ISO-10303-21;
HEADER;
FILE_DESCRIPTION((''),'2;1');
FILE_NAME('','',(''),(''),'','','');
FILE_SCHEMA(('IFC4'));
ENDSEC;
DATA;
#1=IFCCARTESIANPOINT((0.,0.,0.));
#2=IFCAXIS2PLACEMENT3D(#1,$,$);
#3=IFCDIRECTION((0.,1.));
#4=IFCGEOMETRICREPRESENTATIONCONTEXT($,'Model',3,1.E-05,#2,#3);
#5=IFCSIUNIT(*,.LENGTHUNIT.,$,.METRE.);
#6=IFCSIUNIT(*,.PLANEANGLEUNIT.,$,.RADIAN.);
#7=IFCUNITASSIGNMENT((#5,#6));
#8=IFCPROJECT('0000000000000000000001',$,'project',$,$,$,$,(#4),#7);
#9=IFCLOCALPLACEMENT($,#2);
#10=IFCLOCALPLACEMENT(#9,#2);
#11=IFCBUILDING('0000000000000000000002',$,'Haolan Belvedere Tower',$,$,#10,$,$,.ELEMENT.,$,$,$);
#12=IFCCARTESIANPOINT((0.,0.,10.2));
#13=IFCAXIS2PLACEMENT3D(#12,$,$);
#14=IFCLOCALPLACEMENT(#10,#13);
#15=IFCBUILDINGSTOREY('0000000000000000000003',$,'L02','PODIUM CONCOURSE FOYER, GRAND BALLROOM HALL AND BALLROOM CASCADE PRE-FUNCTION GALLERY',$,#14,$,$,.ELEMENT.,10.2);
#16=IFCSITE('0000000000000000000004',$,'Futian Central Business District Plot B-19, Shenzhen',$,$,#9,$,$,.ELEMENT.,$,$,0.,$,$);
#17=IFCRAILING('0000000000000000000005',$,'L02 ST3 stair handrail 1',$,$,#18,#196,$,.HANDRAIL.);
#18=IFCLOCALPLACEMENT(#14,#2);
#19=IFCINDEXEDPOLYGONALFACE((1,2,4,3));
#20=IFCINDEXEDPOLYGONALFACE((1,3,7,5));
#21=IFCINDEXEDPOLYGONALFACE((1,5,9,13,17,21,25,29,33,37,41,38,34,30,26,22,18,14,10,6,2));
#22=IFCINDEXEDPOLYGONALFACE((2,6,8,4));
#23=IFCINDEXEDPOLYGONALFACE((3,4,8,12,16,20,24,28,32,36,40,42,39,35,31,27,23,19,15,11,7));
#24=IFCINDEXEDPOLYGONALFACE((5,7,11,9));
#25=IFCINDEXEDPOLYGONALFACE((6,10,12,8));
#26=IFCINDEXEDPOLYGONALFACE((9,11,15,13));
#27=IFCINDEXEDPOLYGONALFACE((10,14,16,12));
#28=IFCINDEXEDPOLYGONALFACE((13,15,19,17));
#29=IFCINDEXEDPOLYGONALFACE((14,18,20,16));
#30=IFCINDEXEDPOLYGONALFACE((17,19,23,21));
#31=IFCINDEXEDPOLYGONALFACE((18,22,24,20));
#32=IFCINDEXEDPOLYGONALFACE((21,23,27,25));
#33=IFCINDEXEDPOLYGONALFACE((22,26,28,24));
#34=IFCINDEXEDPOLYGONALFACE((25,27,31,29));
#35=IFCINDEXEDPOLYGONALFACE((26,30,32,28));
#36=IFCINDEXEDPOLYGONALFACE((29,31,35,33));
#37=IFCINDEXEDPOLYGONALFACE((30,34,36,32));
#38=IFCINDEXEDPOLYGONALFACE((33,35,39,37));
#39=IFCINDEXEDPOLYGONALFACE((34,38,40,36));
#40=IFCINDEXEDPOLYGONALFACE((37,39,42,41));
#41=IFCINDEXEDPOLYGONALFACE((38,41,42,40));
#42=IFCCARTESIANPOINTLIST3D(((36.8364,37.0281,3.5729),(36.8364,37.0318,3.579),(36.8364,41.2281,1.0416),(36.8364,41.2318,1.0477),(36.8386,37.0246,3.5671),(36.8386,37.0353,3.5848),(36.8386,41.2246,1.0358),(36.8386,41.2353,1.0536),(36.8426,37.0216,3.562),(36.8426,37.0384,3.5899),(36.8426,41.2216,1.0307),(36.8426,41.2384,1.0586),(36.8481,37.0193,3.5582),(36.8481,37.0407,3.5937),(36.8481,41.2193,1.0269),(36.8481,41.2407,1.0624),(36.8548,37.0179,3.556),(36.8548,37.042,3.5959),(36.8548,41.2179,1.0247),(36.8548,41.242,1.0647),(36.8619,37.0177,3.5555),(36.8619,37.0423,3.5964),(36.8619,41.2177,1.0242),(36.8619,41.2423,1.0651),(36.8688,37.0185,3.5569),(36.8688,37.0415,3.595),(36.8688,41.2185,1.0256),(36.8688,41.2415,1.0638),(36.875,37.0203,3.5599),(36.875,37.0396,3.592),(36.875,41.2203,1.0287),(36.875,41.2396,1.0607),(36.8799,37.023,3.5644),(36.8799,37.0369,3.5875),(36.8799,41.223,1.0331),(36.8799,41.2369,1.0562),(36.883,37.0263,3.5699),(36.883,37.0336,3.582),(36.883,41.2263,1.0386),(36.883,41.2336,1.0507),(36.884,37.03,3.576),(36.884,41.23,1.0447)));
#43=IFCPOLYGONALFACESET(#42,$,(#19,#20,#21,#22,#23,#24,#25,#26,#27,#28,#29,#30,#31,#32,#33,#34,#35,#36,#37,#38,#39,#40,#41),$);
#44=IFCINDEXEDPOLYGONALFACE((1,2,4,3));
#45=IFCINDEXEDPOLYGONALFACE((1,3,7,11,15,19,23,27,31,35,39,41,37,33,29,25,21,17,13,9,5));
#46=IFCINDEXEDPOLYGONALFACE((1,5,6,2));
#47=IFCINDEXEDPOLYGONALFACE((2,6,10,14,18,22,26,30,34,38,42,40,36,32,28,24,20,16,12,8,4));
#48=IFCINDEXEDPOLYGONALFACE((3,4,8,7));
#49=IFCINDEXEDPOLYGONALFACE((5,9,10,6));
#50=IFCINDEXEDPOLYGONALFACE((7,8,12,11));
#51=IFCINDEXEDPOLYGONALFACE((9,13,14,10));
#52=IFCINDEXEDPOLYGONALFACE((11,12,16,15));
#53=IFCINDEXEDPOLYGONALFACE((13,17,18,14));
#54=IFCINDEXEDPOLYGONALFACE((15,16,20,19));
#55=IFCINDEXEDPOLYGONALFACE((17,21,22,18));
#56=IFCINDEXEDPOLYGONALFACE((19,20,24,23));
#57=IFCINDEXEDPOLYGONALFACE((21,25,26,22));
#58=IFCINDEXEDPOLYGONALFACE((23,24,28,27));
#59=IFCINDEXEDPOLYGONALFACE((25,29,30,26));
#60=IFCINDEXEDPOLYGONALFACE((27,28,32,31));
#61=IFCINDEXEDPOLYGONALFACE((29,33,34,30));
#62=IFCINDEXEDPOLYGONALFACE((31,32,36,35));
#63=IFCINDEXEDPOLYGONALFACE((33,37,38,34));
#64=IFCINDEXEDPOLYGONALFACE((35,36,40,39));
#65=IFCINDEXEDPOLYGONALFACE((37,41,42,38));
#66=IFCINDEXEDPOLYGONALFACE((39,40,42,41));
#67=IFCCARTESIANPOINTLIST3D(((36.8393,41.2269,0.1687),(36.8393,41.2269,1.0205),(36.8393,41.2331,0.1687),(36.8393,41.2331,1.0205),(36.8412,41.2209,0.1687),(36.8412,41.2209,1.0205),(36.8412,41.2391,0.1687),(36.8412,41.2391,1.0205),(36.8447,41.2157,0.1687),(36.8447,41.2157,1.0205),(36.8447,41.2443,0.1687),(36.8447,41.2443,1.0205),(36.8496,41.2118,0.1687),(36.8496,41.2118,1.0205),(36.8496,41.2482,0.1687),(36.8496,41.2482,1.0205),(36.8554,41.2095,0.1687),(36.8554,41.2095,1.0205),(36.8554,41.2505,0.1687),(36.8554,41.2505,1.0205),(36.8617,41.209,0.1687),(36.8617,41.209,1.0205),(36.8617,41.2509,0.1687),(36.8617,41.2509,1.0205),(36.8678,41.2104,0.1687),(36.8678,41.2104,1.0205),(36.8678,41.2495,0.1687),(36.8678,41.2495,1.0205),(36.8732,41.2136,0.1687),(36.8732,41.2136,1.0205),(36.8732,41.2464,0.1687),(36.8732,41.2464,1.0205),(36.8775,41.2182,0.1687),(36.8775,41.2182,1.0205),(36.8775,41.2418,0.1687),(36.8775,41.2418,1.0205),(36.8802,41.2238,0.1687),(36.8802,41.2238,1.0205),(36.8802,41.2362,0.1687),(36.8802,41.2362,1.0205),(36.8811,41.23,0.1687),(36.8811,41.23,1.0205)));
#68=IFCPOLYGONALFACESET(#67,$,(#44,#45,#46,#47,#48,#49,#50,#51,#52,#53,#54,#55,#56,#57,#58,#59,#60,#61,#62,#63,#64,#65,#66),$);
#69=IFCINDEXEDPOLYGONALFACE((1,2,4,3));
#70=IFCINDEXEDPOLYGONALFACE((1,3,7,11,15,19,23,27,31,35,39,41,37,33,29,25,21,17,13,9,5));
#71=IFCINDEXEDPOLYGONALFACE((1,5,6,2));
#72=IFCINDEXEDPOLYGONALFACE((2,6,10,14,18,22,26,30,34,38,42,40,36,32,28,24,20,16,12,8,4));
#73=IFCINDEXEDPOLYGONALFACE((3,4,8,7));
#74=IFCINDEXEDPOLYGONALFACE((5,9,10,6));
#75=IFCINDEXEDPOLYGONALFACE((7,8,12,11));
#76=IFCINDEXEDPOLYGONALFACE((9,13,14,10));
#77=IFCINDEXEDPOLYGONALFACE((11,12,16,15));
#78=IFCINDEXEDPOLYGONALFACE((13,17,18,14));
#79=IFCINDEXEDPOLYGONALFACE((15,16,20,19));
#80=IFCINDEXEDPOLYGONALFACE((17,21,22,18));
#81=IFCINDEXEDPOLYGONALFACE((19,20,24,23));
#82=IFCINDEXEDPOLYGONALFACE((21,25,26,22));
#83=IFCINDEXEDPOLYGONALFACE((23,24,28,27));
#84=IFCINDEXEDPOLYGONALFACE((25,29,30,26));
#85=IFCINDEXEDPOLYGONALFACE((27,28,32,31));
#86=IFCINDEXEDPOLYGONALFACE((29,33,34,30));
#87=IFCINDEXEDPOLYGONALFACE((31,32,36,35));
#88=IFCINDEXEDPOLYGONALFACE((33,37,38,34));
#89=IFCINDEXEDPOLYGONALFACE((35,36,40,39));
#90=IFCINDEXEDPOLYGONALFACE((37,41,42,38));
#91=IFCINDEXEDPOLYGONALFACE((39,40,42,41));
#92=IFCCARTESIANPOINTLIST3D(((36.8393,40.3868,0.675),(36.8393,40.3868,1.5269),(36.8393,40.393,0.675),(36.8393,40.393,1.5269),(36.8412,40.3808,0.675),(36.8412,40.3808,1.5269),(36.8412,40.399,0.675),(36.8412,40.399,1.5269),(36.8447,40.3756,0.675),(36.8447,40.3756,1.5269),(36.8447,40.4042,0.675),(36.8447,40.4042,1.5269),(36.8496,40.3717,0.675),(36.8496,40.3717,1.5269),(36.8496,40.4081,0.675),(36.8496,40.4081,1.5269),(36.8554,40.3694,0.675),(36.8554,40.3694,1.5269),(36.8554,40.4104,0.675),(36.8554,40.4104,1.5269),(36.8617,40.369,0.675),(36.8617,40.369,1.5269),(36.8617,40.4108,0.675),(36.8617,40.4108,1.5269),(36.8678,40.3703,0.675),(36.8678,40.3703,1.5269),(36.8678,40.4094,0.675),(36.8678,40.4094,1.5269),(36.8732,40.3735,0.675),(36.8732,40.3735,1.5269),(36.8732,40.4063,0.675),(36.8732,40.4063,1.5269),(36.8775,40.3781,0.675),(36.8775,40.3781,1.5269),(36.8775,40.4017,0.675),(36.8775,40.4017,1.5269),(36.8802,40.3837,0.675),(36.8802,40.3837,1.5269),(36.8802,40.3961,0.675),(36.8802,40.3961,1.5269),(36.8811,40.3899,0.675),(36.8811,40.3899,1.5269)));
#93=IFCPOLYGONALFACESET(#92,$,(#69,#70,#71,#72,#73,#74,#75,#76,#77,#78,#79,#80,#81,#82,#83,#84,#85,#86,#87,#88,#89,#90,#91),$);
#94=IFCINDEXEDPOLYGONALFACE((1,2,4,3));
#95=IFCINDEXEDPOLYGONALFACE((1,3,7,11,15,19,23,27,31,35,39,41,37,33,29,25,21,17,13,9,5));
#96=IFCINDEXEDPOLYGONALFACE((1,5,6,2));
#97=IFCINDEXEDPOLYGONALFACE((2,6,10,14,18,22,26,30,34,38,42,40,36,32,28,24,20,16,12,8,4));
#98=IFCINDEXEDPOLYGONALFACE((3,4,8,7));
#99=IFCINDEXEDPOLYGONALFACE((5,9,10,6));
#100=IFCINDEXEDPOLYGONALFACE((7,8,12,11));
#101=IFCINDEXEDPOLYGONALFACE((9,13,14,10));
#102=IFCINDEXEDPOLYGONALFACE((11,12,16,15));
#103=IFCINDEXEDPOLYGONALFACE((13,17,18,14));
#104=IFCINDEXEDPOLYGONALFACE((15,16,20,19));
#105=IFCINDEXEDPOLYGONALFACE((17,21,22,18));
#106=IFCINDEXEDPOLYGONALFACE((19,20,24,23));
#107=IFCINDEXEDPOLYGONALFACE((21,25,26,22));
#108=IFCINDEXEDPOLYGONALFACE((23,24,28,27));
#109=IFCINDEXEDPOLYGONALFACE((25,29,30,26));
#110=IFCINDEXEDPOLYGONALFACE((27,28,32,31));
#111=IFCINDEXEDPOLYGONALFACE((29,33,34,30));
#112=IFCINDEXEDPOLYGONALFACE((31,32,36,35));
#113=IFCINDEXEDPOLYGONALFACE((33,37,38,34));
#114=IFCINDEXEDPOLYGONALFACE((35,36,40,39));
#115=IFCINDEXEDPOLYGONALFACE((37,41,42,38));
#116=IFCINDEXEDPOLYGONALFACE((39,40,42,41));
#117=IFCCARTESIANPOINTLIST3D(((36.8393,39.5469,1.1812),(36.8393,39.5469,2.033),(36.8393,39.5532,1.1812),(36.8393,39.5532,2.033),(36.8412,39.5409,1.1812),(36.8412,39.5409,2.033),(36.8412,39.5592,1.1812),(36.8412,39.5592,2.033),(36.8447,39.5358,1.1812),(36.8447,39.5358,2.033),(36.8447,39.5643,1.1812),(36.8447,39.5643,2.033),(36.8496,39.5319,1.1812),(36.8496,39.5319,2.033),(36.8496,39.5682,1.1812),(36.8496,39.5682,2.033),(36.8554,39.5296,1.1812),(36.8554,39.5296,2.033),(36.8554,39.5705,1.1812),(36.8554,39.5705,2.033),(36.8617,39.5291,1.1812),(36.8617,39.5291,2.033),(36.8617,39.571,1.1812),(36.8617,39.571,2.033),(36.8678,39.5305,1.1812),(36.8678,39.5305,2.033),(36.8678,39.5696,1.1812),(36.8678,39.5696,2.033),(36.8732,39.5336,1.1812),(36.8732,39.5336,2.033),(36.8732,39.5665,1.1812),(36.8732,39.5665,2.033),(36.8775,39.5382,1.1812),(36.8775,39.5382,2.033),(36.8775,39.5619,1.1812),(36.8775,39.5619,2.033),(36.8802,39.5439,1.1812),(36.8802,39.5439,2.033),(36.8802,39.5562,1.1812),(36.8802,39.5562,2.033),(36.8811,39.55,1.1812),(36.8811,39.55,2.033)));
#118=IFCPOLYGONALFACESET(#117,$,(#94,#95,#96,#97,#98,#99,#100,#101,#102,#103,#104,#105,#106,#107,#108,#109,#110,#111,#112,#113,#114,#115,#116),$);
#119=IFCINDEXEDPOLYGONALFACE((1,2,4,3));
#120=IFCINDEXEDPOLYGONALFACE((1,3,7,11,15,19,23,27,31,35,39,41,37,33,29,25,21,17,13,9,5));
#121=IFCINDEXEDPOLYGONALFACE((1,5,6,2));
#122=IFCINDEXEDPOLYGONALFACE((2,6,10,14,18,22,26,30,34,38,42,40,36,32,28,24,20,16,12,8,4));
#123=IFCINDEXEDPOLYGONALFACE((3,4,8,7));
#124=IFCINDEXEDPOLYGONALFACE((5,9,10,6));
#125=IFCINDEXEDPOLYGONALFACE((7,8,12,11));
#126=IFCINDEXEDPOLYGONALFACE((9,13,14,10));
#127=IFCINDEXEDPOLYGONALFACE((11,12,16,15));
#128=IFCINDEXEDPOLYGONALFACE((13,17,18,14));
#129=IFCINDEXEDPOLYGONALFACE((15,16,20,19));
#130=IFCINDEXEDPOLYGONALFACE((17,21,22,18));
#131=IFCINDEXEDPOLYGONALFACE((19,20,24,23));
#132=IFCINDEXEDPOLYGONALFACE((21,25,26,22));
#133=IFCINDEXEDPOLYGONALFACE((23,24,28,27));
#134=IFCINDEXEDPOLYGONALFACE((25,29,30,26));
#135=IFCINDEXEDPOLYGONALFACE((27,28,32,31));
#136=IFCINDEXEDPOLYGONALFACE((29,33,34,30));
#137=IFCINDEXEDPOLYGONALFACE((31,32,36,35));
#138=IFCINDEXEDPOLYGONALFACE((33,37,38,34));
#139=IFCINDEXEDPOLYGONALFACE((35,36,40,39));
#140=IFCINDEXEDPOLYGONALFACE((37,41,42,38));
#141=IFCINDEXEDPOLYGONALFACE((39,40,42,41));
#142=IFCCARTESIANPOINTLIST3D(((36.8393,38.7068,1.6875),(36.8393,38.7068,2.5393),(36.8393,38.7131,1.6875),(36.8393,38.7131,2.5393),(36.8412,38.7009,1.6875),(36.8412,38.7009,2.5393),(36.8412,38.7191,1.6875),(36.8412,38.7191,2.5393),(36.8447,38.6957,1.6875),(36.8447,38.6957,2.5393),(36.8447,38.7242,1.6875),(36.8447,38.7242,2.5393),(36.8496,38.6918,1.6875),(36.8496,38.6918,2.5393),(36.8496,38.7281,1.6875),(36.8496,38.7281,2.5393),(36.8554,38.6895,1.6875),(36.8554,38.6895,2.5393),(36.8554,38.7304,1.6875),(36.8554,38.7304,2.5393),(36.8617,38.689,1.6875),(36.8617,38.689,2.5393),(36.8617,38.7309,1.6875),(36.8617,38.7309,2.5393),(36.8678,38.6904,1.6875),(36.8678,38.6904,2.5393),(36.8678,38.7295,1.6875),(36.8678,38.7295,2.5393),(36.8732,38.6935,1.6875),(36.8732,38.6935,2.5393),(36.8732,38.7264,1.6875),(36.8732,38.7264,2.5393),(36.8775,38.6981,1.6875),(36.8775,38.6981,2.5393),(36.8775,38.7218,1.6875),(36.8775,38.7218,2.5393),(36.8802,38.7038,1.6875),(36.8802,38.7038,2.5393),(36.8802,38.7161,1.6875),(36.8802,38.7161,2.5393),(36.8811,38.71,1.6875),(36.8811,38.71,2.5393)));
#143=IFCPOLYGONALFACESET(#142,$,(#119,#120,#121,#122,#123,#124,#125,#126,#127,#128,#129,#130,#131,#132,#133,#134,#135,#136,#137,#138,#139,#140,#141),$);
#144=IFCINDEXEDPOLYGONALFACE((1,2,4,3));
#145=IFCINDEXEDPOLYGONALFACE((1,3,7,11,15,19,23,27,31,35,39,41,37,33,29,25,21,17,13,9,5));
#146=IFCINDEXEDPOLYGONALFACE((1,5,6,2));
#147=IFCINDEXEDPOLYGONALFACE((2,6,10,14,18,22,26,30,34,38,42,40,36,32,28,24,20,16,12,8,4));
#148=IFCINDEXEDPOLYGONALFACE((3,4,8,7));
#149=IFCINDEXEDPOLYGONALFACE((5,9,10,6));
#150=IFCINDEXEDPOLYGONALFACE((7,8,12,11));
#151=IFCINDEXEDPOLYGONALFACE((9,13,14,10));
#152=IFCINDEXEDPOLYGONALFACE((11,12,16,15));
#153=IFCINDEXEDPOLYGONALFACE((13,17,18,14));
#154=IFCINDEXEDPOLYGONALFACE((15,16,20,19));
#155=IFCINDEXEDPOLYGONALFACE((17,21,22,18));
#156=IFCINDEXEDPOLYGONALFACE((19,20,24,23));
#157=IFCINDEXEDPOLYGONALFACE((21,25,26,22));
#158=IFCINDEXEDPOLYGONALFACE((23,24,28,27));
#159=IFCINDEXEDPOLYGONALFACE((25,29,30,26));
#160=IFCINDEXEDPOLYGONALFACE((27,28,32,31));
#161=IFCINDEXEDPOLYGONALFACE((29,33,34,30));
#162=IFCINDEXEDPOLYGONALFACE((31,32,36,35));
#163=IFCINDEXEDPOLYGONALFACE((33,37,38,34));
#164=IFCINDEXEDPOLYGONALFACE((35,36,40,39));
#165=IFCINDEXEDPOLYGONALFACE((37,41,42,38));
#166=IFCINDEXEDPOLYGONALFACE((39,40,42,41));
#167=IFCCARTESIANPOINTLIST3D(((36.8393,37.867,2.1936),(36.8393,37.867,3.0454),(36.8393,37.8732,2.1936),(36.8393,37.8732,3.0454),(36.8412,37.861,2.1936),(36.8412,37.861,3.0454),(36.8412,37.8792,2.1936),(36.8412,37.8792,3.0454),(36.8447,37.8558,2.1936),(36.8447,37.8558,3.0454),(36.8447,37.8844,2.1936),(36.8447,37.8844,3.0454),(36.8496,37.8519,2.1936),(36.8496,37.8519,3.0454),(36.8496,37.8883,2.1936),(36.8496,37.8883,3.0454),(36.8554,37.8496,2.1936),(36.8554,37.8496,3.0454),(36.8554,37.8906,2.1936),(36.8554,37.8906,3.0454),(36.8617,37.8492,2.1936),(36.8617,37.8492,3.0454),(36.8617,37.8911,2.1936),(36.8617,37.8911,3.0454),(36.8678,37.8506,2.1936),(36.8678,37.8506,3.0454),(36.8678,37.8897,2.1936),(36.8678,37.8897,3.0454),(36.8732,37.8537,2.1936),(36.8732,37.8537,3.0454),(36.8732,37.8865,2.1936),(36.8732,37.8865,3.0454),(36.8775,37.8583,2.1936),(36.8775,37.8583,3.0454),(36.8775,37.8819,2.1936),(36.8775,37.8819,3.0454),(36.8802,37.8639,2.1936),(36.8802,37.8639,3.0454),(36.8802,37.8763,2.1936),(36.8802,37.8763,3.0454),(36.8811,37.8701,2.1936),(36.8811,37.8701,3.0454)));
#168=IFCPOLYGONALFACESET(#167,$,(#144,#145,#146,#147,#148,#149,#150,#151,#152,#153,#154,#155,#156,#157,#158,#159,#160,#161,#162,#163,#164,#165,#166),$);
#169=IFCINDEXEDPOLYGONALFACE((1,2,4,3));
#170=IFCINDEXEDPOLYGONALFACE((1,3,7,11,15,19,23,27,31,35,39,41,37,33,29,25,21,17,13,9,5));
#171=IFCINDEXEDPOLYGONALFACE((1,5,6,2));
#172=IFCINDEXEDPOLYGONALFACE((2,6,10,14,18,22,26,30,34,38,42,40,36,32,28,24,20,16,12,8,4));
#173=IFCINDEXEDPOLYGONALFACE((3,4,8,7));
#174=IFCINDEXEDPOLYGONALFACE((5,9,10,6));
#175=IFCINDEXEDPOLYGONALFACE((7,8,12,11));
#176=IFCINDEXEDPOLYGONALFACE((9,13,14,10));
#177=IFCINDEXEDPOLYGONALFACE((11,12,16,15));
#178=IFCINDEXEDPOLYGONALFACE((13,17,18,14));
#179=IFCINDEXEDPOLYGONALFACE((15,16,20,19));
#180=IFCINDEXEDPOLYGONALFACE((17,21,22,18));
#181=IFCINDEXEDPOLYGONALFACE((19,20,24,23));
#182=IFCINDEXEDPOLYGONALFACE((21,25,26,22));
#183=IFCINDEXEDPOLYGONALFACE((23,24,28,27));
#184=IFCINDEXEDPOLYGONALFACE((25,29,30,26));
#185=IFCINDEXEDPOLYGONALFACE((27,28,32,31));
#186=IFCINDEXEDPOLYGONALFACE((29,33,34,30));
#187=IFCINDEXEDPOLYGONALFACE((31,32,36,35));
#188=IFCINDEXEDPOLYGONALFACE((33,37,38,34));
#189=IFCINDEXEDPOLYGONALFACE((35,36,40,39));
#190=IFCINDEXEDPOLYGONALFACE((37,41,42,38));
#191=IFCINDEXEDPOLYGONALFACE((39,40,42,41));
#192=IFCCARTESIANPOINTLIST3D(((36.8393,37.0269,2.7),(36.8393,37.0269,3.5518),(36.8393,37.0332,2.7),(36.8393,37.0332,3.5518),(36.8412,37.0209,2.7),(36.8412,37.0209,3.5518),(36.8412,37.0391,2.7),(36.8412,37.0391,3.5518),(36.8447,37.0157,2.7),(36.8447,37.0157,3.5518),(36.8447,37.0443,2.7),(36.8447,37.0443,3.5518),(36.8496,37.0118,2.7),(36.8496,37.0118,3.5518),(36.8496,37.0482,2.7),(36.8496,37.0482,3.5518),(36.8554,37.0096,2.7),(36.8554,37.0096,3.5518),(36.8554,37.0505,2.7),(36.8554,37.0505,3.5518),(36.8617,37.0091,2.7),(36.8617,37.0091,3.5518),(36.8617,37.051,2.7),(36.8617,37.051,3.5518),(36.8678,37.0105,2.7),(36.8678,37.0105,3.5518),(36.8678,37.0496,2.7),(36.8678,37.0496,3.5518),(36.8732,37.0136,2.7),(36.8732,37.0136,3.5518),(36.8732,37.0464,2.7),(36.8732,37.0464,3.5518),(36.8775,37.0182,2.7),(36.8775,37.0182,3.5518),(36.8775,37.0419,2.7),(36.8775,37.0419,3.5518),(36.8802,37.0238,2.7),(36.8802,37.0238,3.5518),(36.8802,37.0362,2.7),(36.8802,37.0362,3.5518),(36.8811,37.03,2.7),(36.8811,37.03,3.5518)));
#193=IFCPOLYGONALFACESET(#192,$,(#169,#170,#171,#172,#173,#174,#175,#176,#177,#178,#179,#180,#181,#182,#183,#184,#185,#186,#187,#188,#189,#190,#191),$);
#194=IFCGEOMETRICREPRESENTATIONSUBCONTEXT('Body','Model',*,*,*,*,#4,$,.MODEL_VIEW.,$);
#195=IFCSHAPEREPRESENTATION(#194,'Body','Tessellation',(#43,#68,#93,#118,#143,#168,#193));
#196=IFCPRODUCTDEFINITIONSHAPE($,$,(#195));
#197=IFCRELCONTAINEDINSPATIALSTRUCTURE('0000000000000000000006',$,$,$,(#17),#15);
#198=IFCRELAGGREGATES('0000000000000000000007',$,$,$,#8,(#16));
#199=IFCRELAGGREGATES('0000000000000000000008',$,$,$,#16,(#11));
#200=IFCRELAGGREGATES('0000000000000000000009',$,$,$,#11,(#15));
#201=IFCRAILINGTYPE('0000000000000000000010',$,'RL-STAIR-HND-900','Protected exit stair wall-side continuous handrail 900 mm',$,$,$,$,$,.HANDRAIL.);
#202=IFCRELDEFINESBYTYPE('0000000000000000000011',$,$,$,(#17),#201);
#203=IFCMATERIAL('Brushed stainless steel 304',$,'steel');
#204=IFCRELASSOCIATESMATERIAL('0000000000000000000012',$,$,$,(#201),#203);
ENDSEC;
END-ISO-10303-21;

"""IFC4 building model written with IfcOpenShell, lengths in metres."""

from ifc_helpers import new_model, si_unit, direction, frame, origin, origin_2d, place, context, subcontext, project, spatial, circle, extrude, material, type_object, element, save


model = new_model("IFC4")

# Units and contexts
model_context = context("Model", 3, precision=1e-05, world=origin(), true_north=direction((0.0, 1.0)))
body_context = subcontext(model_context, "Body", "Model", "MODEL_VIEW")
ifc_project = project(units=[si_unit("LENGTHUNIT", "METRE"), si_unit("PLANEANGLEUNIT", "RADIAN")], contexts=[model_context])

# Site, building, storey
site_placement = place(None, origin())
site = spatial("IfcSite", under=ifc_project, at=site_placement, Name="Futian Central Business District Plot B-19, Shenzhen", CompositionType="ELEMENT", RefElevation=0.0)
building_placement = place(site_placement, origin())
building = spatial("IfcBuilding", under=site, at=building_placement, Name="Haolan Belvedere Tower", CompositionType="ELEMENT")
storey_placement = place(building_placement, frame((0.0, 0.0, 10.2)))
storey = spatial("IfcBuildingStorey", under=building, at=storey_placement, Name="L02", Description="PODIUM CONCOURSE FOYER, GRAND BALLROOM HALL AND BALLROOM CASCADE PRE-FUNCTION GALLERY", CompositionType="ELEMENT", Elevation=10.2)

# Railing
ifc_material_1 = material(Name="Brushed stainless steel 304", Category="steel")
railing_type_1 = type_object("IfcRailingType", Name="RL-STAIR-HND-900", Description="Protected exit stair wall-side continuous handrail 900 mm", PredefinedType="HANDRAIL", material=ifc_material_1)
for number, where, name in (
    (1, (36.8601, 41.23, 0.1687), "L02 ST3 stair handrail 1"),
):
    element("IfcRailing", number, at=place(storey_placement, frame(where)), inside=storey, type_object=railing_type_1, Name=name, PredefinedType="HANDRAIL", context=body_context, shape_type="SweptSolid", body=[
        extrude(circle(Radius=0.0239, at=origin_2d()), frame((0.0, 0.0, 0.876), z_axis=(0.0, -0.856476, 0.516186), x_axis=(1.0, 0.0, 0.0)), (0.0, 0.0, 1.0), 4.9038),
        extrude(circle(Radius=0.021, at=origin_2d()), origin(), (0.0, 0.0, 1.0), 0.8518),
        extrude(circle(Radius=0.021, at=origin_2d()), frame((0.0, -0.8401, 0.5063)), (0.0, 0.0, 1.0), 0.8518),
        extrude(circle(Radius=0.021, at=origin_2d()), frame((0.0, -1.6799, 1.0125)), (0.0, 0.0, 1.0), 0.8518),
        extrude(circle(Radius=0.021, at=origin_2d()), frame((0.0, -2.52, 1.5188)), (0.0, 0.0, 1.0), 0.8518),
        extrude(circle(Radius=0.021, at=origin_2d()), frame((0.0, -3.3599, 2.0249)), (0.0, 0.0, 1.0), 0.8518),
        extrude(circle(Radius=0.021, at=origin_2d()), frame((0.0, -4.2, 2.5312)), (0.0, 0.0, 1.0), 0.8518),
    ])

save(model, "model.ifc")
